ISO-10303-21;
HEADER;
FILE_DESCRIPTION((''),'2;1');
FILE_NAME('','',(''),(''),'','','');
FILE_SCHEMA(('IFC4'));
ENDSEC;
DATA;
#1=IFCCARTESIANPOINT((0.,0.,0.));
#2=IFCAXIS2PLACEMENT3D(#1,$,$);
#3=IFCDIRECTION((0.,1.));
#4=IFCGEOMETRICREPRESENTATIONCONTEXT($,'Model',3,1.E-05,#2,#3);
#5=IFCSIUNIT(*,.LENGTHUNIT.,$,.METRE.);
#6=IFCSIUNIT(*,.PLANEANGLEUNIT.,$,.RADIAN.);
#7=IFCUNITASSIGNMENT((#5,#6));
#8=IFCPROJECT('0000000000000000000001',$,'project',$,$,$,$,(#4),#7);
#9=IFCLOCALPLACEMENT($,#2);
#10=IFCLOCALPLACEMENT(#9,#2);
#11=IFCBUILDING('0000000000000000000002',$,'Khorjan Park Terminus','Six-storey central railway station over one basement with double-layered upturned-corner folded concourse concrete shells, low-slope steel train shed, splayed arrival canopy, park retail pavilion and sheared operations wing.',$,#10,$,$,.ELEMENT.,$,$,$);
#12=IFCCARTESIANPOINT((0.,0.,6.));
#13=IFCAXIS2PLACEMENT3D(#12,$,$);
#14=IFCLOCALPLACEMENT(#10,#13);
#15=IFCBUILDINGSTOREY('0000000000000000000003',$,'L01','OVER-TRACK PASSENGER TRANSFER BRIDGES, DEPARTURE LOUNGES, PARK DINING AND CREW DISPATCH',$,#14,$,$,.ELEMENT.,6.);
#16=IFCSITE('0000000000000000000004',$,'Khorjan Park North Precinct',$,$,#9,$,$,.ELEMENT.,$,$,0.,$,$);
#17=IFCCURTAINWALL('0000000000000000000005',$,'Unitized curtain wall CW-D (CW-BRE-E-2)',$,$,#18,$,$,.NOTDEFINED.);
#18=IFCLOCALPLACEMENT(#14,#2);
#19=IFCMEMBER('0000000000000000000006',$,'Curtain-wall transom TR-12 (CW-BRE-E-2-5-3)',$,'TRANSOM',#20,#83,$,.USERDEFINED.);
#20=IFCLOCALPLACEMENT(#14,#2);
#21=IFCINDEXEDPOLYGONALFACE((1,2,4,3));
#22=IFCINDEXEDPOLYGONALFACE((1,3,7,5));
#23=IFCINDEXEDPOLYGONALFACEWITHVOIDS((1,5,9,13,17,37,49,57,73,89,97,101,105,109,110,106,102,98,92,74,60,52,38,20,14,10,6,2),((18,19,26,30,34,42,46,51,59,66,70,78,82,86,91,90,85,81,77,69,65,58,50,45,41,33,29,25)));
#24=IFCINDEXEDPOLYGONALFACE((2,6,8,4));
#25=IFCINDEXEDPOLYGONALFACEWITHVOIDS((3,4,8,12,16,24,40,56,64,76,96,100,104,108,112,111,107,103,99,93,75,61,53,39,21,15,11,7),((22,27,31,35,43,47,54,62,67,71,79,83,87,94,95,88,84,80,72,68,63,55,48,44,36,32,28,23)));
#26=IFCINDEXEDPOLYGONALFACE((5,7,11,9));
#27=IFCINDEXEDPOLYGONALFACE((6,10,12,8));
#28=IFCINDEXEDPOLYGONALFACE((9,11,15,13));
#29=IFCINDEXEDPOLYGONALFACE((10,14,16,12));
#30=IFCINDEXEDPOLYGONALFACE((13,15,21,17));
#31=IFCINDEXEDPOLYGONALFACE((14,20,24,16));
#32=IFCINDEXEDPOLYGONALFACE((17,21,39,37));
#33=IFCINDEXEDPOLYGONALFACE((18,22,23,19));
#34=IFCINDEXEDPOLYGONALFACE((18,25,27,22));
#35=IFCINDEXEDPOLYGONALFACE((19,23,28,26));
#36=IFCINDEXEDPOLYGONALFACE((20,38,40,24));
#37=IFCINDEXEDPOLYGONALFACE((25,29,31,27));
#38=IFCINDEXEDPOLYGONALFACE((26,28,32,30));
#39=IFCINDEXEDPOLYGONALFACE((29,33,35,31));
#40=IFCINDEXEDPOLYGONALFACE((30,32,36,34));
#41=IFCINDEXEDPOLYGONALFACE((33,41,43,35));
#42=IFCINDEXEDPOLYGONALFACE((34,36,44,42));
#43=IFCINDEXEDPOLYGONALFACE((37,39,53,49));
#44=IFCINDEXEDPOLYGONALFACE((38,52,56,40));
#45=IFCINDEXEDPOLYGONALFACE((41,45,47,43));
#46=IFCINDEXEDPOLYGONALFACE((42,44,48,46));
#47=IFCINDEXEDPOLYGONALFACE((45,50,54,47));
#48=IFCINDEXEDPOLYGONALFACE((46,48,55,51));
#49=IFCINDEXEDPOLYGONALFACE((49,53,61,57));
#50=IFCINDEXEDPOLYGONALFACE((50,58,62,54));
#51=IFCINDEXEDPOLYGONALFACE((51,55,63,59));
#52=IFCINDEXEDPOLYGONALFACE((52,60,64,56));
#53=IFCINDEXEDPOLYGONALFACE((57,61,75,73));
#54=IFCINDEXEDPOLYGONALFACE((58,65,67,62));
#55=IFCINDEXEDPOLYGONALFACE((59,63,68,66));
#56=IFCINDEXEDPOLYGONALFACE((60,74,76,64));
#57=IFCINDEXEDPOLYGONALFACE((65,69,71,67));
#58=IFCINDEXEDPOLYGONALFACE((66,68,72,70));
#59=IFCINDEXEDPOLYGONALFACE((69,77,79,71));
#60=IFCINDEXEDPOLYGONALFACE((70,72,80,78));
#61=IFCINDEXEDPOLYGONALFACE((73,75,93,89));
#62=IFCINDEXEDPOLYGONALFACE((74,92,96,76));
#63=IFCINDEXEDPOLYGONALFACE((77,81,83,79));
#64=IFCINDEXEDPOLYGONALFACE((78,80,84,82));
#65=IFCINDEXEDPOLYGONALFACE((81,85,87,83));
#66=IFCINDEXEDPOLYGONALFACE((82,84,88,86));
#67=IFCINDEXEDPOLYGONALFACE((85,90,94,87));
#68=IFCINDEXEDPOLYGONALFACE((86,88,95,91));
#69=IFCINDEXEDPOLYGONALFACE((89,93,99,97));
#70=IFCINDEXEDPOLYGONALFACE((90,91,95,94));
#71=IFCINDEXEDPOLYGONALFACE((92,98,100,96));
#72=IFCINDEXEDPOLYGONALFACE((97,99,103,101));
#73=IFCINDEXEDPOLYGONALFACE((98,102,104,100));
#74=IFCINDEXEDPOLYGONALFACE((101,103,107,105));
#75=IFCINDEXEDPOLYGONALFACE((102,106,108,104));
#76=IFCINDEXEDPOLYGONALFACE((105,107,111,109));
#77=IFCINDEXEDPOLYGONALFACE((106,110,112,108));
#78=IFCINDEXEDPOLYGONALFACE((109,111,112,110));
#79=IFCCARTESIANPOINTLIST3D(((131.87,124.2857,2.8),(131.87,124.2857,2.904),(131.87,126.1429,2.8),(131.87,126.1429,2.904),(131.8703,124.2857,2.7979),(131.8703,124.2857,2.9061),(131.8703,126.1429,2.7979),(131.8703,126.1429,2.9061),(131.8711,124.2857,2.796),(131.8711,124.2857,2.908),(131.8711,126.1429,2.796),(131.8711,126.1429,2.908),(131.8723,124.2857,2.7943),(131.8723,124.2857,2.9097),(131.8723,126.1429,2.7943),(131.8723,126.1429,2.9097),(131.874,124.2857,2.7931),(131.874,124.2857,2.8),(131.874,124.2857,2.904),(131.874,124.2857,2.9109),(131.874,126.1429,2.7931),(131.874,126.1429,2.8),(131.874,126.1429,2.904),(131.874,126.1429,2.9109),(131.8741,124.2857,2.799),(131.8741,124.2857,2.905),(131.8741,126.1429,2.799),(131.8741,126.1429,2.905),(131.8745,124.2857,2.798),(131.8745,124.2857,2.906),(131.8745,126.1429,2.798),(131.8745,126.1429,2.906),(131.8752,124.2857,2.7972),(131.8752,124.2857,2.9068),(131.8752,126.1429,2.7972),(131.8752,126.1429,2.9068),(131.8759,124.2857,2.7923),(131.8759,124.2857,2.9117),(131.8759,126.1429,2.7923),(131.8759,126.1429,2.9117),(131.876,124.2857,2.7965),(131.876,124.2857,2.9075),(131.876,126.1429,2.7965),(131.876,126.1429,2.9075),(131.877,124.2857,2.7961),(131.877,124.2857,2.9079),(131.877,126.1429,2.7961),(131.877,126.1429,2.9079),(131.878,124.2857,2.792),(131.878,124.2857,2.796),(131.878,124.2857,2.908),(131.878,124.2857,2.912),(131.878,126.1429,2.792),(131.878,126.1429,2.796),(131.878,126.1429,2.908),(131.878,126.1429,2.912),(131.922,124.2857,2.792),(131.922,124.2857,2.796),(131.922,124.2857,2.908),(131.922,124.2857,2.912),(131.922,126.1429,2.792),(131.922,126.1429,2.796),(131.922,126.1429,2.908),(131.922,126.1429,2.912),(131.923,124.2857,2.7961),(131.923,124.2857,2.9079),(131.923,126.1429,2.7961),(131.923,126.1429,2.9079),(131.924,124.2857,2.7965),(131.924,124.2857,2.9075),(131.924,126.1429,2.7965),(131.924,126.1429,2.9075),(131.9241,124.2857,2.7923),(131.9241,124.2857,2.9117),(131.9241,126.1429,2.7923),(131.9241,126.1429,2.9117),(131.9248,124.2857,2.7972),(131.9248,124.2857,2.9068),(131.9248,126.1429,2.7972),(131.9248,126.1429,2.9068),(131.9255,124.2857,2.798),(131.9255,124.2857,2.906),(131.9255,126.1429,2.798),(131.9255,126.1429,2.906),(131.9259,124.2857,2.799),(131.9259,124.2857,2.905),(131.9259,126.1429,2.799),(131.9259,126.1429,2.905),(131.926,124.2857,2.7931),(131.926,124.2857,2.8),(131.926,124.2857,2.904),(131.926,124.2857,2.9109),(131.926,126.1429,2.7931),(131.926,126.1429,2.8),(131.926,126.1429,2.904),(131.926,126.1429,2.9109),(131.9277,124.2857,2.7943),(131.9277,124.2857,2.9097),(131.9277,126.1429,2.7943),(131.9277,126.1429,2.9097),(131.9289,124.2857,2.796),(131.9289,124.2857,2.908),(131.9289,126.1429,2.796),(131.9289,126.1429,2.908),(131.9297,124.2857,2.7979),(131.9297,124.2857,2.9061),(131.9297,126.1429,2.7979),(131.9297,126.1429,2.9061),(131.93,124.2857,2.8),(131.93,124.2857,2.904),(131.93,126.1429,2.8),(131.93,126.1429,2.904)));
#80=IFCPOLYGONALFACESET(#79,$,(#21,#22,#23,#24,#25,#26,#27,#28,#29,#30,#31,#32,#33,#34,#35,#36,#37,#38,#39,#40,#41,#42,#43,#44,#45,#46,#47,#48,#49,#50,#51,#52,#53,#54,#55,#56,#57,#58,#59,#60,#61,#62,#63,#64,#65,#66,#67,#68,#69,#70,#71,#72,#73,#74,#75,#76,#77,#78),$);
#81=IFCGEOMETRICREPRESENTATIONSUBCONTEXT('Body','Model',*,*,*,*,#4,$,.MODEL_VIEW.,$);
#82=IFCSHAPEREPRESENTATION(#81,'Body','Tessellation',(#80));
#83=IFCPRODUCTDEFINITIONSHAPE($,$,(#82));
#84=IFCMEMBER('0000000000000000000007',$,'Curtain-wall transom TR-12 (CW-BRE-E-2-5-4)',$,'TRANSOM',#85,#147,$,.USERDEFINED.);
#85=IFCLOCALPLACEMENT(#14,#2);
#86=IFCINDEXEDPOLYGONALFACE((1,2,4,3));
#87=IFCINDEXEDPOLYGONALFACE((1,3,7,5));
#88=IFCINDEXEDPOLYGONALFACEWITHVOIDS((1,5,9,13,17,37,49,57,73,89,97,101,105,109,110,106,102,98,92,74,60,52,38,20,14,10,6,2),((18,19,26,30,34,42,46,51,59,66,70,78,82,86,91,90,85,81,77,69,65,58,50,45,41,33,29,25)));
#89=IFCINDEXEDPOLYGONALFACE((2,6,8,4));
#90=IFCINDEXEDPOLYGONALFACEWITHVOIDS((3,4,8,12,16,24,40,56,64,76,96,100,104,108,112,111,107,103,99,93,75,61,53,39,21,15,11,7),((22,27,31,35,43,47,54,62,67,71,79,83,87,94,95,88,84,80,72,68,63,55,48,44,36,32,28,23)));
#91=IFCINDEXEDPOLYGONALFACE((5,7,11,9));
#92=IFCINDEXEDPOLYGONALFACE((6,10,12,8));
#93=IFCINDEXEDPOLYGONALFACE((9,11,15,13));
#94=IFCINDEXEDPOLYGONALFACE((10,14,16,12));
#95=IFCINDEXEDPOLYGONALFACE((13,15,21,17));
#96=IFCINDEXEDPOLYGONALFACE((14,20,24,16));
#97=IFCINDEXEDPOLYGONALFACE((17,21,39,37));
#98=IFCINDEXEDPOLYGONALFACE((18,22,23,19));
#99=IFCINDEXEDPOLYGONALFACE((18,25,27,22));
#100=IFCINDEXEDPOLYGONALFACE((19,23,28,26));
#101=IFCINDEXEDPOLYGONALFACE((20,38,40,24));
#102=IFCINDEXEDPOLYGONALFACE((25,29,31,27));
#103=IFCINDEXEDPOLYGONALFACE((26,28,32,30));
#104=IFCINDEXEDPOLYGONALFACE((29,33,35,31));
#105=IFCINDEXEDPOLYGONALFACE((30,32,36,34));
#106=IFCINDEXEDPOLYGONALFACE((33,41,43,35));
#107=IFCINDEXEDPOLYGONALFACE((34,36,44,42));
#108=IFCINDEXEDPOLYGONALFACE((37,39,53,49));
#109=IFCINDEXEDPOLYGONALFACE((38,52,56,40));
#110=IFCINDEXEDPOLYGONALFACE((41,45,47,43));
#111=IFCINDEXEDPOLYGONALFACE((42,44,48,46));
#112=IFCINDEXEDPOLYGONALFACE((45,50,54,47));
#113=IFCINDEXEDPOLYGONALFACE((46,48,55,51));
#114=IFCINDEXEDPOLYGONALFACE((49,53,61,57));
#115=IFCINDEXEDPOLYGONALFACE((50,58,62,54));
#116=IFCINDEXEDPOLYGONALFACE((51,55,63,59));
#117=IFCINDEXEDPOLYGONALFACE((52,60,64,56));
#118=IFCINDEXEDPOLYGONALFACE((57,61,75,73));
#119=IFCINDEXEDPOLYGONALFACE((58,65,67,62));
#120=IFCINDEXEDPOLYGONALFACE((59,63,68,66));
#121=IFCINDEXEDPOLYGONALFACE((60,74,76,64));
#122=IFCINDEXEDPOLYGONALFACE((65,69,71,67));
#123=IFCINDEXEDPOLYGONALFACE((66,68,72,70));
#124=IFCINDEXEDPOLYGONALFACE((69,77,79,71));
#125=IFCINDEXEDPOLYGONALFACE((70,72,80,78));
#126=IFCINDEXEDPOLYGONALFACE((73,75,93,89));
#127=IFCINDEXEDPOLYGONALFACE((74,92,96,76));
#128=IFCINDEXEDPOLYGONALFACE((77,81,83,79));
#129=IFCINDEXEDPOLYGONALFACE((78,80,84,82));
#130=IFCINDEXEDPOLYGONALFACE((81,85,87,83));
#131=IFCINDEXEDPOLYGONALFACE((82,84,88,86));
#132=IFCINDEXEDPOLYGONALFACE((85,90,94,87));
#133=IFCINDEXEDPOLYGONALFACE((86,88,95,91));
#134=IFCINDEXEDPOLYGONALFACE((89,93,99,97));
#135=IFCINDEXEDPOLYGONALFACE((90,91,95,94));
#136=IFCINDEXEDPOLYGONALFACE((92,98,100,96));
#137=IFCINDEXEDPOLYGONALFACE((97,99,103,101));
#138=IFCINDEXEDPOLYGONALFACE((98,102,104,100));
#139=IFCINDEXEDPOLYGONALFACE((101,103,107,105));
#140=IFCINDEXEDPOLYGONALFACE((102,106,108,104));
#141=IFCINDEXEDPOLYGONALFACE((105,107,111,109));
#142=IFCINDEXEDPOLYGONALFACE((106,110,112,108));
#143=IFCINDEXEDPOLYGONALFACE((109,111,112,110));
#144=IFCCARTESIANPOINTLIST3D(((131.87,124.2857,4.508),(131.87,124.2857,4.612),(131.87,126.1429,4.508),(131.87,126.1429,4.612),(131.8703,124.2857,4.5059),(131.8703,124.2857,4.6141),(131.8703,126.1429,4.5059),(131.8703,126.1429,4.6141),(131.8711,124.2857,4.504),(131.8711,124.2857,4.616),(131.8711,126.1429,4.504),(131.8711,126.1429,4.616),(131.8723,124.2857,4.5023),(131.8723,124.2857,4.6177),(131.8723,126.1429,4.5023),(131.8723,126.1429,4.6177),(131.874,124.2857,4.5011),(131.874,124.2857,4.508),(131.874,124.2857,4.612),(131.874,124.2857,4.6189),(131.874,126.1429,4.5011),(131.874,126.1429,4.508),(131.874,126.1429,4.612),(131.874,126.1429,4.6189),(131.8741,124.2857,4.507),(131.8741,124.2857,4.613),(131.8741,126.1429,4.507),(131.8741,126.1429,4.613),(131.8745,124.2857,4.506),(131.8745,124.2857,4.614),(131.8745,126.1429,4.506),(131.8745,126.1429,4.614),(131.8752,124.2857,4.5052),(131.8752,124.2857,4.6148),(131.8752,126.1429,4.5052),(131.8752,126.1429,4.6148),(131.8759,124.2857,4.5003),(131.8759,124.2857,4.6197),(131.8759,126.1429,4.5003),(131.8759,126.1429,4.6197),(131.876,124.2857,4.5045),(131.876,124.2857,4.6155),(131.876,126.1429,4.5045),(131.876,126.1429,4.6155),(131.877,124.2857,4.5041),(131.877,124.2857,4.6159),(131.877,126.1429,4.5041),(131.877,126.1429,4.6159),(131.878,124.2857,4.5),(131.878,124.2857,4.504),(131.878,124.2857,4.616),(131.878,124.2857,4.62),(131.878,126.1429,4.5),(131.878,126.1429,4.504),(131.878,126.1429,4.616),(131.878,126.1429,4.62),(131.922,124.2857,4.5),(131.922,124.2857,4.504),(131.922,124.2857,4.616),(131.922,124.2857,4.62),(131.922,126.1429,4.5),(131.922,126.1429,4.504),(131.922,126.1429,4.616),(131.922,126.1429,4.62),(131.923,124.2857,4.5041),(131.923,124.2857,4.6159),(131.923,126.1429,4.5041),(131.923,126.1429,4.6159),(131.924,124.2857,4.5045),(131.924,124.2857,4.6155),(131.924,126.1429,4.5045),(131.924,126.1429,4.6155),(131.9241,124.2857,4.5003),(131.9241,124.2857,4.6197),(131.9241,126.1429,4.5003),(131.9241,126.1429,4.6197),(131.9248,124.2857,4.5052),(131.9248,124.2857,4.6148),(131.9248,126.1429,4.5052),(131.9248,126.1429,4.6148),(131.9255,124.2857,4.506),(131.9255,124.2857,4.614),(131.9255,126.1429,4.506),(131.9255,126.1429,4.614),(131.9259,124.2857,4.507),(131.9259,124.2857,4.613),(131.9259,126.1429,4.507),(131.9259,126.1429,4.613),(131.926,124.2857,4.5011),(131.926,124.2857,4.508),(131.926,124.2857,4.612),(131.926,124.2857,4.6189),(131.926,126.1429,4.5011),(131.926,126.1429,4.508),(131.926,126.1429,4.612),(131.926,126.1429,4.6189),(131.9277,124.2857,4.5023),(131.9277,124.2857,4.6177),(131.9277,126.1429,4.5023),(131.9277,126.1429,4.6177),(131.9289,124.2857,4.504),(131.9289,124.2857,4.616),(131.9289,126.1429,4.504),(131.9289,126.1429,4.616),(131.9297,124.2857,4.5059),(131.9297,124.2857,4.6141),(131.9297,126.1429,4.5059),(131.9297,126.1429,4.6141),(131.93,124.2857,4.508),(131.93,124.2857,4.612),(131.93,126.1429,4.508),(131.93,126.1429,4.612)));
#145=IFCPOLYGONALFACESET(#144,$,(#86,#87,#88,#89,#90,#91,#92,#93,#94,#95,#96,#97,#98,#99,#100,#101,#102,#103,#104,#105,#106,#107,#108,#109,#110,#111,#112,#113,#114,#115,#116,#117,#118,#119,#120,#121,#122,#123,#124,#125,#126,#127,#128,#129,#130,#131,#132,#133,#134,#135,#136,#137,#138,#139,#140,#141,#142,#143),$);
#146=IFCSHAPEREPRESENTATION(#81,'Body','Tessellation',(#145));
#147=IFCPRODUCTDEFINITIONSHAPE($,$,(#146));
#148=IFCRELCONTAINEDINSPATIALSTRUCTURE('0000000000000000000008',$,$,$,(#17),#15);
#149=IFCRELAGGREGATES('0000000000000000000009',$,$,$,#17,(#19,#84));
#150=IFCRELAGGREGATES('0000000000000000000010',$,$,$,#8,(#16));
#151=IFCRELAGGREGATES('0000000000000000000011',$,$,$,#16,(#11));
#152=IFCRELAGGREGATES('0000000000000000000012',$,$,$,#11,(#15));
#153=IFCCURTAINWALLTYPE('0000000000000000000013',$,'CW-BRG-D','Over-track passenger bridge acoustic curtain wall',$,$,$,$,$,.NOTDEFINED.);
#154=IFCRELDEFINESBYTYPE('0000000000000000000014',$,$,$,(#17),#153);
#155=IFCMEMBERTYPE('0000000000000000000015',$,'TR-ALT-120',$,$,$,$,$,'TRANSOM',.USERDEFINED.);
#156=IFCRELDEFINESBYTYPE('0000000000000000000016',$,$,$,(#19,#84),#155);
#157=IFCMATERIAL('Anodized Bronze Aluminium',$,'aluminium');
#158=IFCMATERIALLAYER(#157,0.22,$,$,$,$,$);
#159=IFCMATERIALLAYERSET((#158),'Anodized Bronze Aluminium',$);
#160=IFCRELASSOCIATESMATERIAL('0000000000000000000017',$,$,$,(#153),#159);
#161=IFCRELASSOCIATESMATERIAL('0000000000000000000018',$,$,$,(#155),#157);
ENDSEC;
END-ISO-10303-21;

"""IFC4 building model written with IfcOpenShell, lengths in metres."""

from ifc_helpers import new_model, si_unit, direction, frame, origin, origin_2d, place, context, subcontext, project, spatial, hollow_rectangle, extrude, material, layer, layer_set, material_profile, profile_set, type_object, element, aggregate, save


model = new_model("IFC4")

# Units and contexts
model_context = context("Model", 3, precision=1e-05, world=origin(), true_north=direction((0.0, 1.0)))
body_context = subcontext(model_context, "Body", "Model", "MODEL_VIEW")
ifc_project = project(units=[si_unit("LENGTHUNIT", "METRE"), si_unit("PLANEANGLEUNIT", "RADIAN")], contexts=[model_context])

# Site, building, storey
site_placement = place(None, origin())
site = spatial("IfcSite", under=ifc_project, at=site_placement, Name="Khorjan Park North Precinct", CompositionType="ELEMENT", RefElevation=0.0)
building_placement = place(site_placement, origin())
building = spatial("IfcBuilding", under=site, at=building_placement, Name="Khorjan Park Terminus", Description="Six-storey central railway station over one basement with double-layered upturned-corner folded concourse concrete shells, low-slope steel train shed, splayed arrival canopy, park retail pavilion and sheared operations wing.", CompositionType="ELEMENT")
storey_placement = place(building_placement, frame((0.0, 0.0, 6.0)))
storey = spatial("IfcBuildingStorey", under=building, at=storey_placement, Name="L01", Description="OVER-TRACK PASSENGER TRANSFER BRIDGES, DEPARTURE LOUNGES, PARK DINING AND CREW DISPATCH", CompositionType="ELEMENT", Elevation=6.0)

# Curtain wall
ifc_material_1 = material(Name="Anodized Bronze Aluminium", Category="aluminium")
ifc_layer_1 = layer(ifc_material_1, 0.22)
ifc_layer_set_1 = layer_set([ifc_layer_1], Name="Anodized Bronze Aluminium")
curtain_wall_type = type_object("IfcCurtainWallType", Name="CW-BRG-D", Description="Over-track passenger bridge acoustic curtain wall", PredefinedType="NOTDEFINED", material=ifc_layer_set_1)
curtain_wall_1_placement = place(storey_placement, origin())
curtain_wall_1 = element("IfcCurtainWall", 1, at=curtain_wall_1_placement, inside=storey, type_object=curtain_wall_type, Name="Unitized curtain wall CW-D (CW-BRE-E-2)", PredefinedType="NOTDEFINED")

# Members
ifc_material_profile_1 = material_profile(ifc_material_1, hollow_rectangle(XDim=0.06, YDim=0.12, WallThickness=0.004, InnerFilletRadius=0.004, OuterFilletRadius=0.008, at=origin_2d()), Name="ALT 60x120x4")
ifc_profile_set_1 = profile_set([ifc_material_profile_1], Name="Anodized Bronze Aluminium")
member_type_1 = type_object("IfcMemberType", Name="TR-ALT-120", ElementType="TRANSOM", PredefinedType="USERDEFINED", material=ifc_profile_set_1)
member_1_placement = place(storey_placement, frame((131.9, 124.2857, 2.852), z_axis=(0.0, 1.0, 0.0), x_axis=(-1.0, 0.0, 0.0)))
member_1 = element("IfcMember", 2, at=member_1_placement, type_object=member_type_1, Name="Curtain-wall transom TR-12 (CW-BRE-E-2-5-3)", ObjectType="TRANSOM", PredefinedType="USERDEFINED", context=body_context, shape_type="SweptSolid", body=[
    extrude(hollow_rectangle(XDim=0.06, YDim=0.12, WallThickness=0.004, InnerFilletRadius=0.004, OuterFilletRadius=0.008, at=origin_2d()), origin(), (0.0, 0.0, 1.0), 1.8572),
])
member_2_placement = place(storey_placement, frame((131.9, 124.2857, 4.56), z_axis=(0.0, 1.0, 0.0), x_axis=(-1.0, 0.0, 0.0)))
member_2 = element("IfcMember", 3, at=member_2_placement, type_object=member_type_1, Name="Curtain-wall transom TR-12 (CW-BRE-E-2-5-4)", ObjectType="TRANSOM", PredefinedType="USERDEFINED", context=body_context, shape_type="SweptSolid", body=[
    extrude(hollow_rectangle(XDim=0.06, YDim=0.12, WallThickness=0.004, InnerFilletRadius=0.004, OuterFilletRadius=0.008, at=origin_2d()), origin(), (0.0, 0.0, 1.0), 1.8572),
])

aggregate(curtain_wall_1, [member_1, member_2])

save(model, "model.ifc")
